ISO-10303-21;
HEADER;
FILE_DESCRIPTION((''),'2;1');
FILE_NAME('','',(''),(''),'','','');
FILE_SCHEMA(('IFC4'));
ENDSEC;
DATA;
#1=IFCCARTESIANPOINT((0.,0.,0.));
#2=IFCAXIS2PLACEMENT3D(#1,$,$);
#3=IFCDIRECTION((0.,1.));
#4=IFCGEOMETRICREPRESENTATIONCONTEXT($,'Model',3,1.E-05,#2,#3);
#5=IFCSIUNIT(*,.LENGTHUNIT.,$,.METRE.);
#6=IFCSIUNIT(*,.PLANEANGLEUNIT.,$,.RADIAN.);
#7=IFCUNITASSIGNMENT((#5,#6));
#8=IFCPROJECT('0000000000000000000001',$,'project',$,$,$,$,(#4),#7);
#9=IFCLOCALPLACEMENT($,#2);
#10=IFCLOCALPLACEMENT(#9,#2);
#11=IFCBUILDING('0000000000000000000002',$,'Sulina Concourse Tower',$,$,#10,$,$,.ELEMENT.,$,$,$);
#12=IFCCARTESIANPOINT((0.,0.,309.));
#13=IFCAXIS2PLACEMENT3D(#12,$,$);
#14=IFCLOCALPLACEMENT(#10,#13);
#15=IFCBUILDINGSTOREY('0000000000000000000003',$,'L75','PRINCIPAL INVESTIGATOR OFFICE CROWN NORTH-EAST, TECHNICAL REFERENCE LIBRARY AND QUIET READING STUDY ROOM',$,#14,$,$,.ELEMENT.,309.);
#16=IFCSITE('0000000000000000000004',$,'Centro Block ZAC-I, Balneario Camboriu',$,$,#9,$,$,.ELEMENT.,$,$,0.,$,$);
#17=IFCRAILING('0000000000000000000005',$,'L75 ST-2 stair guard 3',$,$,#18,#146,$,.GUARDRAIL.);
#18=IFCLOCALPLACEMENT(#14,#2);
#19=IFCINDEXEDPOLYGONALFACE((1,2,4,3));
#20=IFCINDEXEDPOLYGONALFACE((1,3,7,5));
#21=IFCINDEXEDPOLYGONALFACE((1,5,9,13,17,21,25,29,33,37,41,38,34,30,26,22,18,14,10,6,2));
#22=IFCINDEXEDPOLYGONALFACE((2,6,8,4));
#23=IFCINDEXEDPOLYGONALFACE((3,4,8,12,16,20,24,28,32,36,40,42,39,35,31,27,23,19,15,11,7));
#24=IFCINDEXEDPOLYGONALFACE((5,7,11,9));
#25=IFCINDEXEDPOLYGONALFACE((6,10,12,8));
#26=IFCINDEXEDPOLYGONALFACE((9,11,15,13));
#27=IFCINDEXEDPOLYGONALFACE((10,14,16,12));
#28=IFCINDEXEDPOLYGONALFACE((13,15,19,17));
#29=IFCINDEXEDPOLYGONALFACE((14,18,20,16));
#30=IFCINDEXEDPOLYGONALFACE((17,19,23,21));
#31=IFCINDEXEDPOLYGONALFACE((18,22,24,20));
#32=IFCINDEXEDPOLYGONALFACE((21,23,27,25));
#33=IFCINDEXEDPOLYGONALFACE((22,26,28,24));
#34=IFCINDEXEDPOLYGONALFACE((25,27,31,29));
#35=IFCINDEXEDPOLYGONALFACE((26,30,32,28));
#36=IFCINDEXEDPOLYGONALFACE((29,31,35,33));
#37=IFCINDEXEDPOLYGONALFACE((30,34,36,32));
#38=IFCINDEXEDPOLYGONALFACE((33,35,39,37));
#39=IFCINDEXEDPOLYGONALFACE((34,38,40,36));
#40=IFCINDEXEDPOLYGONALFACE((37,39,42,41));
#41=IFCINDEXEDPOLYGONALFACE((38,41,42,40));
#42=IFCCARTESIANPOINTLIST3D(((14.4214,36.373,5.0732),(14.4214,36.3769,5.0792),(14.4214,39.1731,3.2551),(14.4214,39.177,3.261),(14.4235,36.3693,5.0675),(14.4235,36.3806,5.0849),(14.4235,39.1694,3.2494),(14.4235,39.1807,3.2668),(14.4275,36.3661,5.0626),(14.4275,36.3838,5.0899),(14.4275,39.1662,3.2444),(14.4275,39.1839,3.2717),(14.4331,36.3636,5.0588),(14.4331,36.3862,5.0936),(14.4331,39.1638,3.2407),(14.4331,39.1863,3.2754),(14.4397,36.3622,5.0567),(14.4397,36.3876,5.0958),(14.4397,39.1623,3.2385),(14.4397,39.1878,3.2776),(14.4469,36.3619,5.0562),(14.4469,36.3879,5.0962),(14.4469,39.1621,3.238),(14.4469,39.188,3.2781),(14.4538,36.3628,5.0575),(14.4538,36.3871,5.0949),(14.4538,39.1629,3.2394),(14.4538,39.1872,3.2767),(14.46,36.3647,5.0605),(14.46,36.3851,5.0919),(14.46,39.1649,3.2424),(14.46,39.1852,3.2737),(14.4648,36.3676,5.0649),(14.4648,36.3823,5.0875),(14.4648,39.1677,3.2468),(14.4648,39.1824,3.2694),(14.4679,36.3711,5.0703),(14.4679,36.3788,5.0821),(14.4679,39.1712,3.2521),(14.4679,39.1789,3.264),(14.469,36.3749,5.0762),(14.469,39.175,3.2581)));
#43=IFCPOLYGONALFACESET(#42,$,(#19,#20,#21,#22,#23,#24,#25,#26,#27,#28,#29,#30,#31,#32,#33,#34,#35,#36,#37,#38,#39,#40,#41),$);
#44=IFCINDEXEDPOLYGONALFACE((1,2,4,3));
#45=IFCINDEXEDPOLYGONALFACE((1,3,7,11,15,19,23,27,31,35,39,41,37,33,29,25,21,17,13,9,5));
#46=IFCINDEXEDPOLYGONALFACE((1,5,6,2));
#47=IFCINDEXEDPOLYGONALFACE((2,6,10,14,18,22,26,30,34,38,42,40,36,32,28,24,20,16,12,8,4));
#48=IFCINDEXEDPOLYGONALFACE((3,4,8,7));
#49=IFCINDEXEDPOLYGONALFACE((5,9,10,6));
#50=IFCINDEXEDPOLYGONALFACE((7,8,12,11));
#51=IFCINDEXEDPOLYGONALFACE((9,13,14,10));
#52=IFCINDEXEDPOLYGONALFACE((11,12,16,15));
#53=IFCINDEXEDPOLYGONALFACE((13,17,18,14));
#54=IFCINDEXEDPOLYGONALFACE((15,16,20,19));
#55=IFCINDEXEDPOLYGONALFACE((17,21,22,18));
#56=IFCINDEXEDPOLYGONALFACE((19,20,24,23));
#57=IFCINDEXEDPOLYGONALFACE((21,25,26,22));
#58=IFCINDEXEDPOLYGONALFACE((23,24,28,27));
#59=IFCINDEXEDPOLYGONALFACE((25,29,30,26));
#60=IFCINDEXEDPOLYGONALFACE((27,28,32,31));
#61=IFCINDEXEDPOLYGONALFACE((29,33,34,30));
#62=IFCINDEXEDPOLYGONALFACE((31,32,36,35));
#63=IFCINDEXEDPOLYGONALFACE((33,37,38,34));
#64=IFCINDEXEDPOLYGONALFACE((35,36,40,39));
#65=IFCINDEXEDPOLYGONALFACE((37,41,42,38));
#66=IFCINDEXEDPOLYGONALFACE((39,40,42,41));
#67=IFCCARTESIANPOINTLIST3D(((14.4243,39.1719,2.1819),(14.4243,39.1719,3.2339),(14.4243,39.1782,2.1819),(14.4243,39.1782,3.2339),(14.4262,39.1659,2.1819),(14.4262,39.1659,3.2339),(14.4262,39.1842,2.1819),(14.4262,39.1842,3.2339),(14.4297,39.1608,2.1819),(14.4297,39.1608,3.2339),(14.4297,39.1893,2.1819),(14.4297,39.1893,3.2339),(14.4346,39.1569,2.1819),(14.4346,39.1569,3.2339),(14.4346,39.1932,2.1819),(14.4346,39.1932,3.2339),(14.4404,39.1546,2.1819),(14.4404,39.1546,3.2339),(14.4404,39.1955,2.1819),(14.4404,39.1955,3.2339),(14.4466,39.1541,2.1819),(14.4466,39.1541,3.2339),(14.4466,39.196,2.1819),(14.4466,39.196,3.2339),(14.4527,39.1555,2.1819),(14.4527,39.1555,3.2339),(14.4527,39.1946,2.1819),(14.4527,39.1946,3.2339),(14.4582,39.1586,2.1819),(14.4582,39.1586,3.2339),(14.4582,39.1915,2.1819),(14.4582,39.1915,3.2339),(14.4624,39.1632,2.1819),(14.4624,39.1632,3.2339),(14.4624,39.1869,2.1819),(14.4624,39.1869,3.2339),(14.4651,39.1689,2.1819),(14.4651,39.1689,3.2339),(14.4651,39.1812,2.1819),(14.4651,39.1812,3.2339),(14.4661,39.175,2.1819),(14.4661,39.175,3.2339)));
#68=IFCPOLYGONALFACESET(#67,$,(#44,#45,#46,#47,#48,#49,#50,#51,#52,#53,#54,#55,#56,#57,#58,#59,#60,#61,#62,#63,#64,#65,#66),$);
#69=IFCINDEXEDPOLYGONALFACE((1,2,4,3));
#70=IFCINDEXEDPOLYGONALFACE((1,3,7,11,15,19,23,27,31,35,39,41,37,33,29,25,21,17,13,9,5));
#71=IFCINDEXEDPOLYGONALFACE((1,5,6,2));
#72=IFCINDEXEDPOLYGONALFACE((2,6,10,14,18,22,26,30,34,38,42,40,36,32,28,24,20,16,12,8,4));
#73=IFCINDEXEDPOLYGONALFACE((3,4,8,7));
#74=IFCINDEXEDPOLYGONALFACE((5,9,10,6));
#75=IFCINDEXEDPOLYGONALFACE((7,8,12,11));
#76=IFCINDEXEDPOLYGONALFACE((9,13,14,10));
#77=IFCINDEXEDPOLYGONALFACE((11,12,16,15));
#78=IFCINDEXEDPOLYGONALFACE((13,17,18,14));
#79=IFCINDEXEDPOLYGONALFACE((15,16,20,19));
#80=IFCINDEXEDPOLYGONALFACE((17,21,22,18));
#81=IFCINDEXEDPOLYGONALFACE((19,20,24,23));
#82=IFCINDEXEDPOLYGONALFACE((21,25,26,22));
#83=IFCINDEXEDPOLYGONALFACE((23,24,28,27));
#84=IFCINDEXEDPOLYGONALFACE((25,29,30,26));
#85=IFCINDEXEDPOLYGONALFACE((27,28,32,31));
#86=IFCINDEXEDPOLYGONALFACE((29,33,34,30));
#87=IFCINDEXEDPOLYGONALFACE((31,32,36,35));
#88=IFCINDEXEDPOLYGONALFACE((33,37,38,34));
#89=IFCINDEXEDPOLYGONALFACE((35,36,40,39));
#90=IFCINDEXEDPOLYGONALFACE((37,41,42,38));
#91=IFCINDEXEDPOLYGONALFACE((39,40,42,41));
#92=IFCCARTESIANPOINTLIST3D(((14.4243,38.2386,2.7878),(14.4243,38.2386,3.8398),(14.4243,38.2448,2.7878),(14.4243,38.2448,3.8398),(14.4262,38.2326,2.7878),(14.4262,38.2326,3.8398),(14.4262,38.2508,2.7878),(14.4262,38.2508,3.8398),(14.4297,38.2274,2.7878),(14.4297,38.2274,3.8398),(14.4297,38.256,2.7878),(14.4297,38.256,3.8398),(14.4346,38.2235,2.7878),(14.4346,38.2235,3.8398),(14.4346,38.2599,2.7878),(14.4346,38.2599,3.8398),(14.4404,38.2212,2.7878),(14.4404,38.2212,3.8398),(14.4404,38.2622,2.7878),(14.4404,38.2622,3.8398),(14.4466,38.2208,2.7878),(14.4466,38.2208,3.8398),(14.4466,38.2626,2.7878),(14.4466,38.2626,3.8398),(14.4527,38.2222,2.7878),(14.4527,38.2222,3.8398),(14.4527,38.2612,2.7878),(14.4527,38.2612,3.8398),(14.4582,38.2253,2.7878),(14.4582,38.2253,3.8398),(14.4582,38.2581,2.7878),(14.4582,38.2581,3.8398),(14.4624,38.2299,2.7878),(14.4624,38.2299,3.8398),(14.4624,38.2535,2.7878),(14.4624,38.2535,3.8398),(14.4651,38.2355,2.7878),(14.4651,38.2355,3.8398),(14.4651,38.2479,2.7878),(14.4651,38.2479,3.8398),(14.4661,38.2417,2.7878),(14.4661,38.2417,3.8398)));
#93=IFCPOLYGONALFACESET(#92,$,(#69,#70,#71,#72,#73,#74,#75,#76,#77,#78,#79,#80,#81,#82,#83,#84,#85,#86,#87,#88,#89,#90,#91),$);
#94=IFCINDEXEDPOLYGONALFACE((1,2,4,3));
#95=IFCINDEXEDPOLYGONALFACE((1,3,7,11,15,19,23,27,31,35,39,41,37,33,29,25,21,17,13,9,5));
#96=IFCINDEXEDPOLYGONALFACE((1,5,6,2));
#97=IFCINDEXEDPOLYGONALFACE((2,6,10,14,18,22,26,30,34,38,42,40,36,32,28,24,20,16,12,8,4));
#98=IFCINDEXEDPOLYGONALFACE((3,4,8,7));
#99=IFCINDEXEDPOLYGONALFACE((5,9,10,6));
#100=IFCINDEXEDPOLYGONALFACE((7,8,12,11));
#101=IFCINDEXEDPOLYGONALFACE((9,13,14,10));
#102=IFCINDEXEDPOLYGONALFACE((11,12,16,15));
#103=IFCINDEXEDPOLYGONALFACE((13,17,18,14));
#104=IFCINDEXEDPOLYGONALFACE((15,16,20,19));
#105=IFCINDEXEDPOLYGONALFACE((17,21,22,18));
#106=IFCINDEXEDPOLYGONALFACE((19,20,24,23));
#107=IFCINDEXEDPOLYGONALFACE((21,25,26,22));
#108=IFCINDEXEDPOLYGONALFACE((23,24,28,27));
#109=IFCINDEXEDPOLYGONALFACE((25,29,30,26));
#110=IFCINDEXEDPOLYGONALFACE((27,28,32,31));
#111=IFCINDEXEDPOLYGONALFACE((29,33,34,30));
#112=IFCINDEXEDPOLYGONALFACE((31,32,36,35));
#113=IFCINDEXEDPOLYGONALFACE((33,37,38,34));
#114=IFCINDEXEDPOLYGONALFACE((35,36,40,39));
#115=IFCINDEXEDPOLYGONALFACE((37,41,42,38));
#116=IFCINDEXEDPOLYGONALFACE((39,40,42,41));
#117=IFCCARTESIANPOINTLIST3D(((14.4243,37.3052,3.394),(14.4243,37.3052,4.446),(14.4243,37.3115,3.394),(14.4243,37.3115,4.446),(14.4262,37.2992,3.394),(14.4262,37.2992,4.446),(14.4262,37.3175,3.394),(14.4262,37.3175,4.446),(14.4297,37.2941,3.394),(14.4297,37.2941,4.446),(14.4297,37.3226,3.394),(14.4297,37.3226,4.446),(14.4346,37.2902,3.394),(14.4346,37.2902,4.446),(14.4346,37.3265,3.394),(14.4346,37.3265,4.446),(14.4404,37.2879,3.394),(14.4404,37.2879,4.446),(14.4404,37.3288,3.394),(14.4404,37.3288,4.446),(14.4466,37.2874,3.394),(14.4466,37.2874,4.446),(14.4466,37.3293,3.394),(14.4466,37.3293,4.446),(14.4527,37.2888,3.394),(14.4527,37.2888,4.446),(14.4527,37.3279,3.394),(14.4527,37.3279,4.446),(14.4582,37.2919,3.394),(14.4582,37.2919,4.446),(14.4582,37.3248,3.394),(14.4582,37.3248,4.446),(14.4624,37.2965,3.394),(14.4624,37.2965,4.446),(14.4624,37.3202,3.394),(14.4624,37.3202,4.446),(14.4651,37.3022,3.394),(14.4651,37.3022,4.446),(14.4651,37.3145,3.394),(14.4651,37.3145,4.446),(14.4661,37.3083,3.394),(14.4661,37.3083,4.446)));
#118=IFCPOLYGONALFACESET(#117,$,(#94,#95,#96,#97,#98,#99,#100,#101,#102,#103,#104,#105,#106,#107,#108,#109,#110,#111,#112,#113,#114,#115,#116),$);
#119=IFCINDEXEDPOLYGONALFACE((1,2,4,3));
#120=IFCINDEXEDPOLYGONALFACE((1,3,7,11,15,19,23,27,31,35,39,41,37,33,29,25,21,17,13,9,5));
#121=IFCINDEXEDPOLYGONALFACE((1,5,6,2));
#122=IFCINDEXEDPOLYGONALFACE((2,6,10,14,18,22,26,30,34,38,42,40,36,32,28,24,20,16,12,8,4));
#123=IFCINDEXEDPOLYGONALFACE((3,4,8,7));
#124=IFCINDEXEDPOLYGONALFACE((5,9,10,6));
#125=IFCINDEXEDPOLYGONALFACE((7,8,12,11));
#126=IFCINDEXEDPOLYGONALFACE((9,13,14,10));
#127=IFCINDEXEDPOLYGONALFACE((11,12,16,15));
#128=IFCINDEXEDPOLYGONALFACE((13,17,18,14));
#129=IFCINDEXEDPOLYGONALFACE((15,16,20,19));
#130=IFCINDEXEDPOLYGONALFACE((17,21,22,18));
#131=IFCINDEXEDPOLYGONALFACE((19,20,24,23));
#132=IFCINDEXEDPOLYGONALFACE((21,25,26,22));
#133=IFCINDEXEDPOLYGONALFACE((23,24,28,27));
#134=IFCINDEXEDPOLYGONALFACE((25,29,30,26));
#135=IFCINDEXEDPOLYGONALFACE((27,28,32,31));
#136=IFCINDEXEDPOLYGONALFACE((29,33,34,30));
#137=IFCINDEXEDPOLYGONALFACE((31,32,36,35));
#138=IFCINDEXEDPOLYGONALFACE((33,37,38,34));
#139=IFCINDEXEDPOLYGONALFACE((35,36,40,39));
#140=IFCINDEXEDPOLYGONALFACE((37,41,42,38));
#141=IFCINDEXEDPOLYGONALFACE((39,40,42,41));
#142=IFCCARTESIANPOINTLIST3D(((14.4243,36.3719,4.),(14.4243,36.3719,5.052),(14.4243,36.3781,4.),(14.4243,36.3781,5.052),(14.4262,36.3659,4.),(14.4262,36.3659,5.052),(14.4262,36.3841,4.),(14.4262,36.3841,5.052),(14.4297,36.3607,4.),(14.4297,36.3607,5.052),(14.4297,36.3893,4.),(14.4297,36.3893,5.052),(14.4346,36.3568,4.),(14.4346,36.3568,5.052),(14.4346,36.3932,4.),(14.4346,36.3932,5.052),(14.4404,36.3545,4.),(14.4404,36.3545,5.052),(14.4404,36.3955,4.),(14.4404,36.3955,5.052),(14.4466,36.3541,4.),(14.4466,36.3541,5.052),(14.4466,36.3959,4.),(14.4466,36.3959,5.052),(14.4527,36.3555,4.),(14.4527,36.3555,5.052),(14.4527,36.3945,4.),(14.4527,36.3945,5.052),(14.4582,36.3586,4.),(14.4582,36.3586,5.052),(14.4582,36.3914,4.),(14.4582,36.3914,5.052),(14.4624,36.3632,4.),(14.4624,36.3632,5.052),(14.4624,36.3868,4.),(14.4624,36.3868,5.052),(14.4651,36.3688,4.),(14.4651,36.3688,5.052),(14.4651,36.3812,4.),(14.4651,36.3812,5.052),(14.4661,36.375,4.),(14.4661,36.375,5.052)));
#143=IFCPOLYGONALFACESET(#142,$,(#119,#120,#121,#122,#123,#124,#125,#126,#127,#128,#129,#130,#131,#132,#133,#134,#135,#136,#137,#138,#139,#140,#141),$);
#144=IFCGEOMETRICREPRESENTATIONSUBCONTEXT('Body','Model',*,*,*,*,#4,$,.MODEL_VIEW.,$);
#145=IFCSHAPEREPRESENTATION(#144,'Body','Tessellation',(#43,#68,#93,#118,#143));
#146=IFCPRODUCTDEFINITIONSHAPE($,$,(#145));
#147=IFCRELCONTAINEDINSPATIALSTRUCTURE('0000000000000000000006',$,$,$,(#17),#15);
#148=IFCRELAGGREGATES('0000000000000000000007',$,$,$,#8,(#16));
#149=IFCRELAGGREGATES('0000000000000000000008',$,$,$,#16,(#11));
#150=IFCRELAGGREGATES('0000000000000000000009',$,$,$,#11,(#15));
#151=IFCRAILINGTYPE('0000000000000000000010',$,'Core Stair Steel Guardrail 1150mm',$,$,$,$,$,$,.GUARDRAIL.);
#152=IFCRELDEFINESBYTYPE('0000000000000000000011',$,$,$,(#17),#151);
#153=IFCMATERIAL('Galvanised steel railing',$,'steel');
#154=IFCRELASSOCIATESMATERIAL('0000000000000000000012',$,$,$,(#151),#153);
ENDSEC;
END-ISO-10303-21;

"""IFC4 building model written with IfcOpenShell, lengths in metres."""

from ifc_helpers import new_model, si_unit, direction, frame, origin, origin_2d, place, context, subcontext, project, spatial, circle, extrude, material, type_object, element, save


model = new_model("IFC4")

# Units and contexts
model_context = context("Model", 3, precision=1e-05, world=origin(), true_north=direction((0.0, 1.0)))
body_context = subcontext(model_context, "Body", "Model", "MODEL_VIEW")
ifc_project = project(units=[si_unit("LENGTHUNIT", "METRE"), si_unit("PLANEANGLEUNIT", "RADIAN")], contexts=[model_context])

# Site, building, storey
site_placement = place(None, origin())
site = spatial("IfcSite", under=ifc_project, at=site_placement, Name="Centro Block ZAC-I, Balneario Camboriu", CompositionType="ELEMENT", RefElevation=0.0)
building_placement = place(site_placement, origin())
building = spatial("IfcBuilding", under=site, at=building_placement, Name="Sulina Concourse Tower", CompositionType="ELEMENT")
storey_placement = place(building_placement, frame((0.0, 0.0, 309.0)))
storey = spatial("IfcBuildingStorey", under=building, at=storey_placement, Name="L75", Description="PRINCIPAL INVESTIGATOR OFFICE CROWN NORTH-EAST, TECHNICAL REFERENCE LIBRARY AND QUIET READING STUDY ROOM", CompositionType="ELEMENT", Elevation=309.0)

# Railing
ifc_material_1 = material(Name="Galvanised steel railing", Category="steel")
railing_type_1 = type_object("IfcRailingType", Name="Core Stair Steel Guardrail 1150mm", PredefinedType="GUARDRAIL", material=ifc_material_1)
railing_1_placement = place(storey_placement, frame((14.4451, 39.175, 2.1819)))
element("IfcRailing", 1, at=railing_1_placement, inside=storey, type_object=railing_type_1, Name="L75 ST-2 stair guard 3", PredefinedType="GUARDRAIL", context=body_context, shape_type="SweptSolid", body=[
    extrude(circle(Radius=0.0239, at=origin_2d()), frame((0.0, 0.0, 1.0762), z_axis=(0.0, -0.838706, 0.544585), x_axis=(1.0, 0.0, 0.0)), (0.0, 0.0, 1.0), 3.3386),
    extrude(circle(Radius=0.021, at=origin_2d()), origin(), (0.0, 0.0, 1.0), 1.052),
    extrude(circle(Radius=0.021, at=origin_2d()), frame((0.0, -0.9333, 0.606)), (0.0, 0.0, 1.0), 1.052),
    extrude(circle(Radius=0.021, at=origin_2d()), frame((0.0, -1.8667, 1.2122)), (0.0, 0.0, 1.0), 1.052),
    extrude(circle(Radius=0.021, at=origin_2d()), frame((0.0, -2.8, 1.8181)), (0.0, 0.0, 1.0), 1.052),
])

save(model, "model.ifc")
